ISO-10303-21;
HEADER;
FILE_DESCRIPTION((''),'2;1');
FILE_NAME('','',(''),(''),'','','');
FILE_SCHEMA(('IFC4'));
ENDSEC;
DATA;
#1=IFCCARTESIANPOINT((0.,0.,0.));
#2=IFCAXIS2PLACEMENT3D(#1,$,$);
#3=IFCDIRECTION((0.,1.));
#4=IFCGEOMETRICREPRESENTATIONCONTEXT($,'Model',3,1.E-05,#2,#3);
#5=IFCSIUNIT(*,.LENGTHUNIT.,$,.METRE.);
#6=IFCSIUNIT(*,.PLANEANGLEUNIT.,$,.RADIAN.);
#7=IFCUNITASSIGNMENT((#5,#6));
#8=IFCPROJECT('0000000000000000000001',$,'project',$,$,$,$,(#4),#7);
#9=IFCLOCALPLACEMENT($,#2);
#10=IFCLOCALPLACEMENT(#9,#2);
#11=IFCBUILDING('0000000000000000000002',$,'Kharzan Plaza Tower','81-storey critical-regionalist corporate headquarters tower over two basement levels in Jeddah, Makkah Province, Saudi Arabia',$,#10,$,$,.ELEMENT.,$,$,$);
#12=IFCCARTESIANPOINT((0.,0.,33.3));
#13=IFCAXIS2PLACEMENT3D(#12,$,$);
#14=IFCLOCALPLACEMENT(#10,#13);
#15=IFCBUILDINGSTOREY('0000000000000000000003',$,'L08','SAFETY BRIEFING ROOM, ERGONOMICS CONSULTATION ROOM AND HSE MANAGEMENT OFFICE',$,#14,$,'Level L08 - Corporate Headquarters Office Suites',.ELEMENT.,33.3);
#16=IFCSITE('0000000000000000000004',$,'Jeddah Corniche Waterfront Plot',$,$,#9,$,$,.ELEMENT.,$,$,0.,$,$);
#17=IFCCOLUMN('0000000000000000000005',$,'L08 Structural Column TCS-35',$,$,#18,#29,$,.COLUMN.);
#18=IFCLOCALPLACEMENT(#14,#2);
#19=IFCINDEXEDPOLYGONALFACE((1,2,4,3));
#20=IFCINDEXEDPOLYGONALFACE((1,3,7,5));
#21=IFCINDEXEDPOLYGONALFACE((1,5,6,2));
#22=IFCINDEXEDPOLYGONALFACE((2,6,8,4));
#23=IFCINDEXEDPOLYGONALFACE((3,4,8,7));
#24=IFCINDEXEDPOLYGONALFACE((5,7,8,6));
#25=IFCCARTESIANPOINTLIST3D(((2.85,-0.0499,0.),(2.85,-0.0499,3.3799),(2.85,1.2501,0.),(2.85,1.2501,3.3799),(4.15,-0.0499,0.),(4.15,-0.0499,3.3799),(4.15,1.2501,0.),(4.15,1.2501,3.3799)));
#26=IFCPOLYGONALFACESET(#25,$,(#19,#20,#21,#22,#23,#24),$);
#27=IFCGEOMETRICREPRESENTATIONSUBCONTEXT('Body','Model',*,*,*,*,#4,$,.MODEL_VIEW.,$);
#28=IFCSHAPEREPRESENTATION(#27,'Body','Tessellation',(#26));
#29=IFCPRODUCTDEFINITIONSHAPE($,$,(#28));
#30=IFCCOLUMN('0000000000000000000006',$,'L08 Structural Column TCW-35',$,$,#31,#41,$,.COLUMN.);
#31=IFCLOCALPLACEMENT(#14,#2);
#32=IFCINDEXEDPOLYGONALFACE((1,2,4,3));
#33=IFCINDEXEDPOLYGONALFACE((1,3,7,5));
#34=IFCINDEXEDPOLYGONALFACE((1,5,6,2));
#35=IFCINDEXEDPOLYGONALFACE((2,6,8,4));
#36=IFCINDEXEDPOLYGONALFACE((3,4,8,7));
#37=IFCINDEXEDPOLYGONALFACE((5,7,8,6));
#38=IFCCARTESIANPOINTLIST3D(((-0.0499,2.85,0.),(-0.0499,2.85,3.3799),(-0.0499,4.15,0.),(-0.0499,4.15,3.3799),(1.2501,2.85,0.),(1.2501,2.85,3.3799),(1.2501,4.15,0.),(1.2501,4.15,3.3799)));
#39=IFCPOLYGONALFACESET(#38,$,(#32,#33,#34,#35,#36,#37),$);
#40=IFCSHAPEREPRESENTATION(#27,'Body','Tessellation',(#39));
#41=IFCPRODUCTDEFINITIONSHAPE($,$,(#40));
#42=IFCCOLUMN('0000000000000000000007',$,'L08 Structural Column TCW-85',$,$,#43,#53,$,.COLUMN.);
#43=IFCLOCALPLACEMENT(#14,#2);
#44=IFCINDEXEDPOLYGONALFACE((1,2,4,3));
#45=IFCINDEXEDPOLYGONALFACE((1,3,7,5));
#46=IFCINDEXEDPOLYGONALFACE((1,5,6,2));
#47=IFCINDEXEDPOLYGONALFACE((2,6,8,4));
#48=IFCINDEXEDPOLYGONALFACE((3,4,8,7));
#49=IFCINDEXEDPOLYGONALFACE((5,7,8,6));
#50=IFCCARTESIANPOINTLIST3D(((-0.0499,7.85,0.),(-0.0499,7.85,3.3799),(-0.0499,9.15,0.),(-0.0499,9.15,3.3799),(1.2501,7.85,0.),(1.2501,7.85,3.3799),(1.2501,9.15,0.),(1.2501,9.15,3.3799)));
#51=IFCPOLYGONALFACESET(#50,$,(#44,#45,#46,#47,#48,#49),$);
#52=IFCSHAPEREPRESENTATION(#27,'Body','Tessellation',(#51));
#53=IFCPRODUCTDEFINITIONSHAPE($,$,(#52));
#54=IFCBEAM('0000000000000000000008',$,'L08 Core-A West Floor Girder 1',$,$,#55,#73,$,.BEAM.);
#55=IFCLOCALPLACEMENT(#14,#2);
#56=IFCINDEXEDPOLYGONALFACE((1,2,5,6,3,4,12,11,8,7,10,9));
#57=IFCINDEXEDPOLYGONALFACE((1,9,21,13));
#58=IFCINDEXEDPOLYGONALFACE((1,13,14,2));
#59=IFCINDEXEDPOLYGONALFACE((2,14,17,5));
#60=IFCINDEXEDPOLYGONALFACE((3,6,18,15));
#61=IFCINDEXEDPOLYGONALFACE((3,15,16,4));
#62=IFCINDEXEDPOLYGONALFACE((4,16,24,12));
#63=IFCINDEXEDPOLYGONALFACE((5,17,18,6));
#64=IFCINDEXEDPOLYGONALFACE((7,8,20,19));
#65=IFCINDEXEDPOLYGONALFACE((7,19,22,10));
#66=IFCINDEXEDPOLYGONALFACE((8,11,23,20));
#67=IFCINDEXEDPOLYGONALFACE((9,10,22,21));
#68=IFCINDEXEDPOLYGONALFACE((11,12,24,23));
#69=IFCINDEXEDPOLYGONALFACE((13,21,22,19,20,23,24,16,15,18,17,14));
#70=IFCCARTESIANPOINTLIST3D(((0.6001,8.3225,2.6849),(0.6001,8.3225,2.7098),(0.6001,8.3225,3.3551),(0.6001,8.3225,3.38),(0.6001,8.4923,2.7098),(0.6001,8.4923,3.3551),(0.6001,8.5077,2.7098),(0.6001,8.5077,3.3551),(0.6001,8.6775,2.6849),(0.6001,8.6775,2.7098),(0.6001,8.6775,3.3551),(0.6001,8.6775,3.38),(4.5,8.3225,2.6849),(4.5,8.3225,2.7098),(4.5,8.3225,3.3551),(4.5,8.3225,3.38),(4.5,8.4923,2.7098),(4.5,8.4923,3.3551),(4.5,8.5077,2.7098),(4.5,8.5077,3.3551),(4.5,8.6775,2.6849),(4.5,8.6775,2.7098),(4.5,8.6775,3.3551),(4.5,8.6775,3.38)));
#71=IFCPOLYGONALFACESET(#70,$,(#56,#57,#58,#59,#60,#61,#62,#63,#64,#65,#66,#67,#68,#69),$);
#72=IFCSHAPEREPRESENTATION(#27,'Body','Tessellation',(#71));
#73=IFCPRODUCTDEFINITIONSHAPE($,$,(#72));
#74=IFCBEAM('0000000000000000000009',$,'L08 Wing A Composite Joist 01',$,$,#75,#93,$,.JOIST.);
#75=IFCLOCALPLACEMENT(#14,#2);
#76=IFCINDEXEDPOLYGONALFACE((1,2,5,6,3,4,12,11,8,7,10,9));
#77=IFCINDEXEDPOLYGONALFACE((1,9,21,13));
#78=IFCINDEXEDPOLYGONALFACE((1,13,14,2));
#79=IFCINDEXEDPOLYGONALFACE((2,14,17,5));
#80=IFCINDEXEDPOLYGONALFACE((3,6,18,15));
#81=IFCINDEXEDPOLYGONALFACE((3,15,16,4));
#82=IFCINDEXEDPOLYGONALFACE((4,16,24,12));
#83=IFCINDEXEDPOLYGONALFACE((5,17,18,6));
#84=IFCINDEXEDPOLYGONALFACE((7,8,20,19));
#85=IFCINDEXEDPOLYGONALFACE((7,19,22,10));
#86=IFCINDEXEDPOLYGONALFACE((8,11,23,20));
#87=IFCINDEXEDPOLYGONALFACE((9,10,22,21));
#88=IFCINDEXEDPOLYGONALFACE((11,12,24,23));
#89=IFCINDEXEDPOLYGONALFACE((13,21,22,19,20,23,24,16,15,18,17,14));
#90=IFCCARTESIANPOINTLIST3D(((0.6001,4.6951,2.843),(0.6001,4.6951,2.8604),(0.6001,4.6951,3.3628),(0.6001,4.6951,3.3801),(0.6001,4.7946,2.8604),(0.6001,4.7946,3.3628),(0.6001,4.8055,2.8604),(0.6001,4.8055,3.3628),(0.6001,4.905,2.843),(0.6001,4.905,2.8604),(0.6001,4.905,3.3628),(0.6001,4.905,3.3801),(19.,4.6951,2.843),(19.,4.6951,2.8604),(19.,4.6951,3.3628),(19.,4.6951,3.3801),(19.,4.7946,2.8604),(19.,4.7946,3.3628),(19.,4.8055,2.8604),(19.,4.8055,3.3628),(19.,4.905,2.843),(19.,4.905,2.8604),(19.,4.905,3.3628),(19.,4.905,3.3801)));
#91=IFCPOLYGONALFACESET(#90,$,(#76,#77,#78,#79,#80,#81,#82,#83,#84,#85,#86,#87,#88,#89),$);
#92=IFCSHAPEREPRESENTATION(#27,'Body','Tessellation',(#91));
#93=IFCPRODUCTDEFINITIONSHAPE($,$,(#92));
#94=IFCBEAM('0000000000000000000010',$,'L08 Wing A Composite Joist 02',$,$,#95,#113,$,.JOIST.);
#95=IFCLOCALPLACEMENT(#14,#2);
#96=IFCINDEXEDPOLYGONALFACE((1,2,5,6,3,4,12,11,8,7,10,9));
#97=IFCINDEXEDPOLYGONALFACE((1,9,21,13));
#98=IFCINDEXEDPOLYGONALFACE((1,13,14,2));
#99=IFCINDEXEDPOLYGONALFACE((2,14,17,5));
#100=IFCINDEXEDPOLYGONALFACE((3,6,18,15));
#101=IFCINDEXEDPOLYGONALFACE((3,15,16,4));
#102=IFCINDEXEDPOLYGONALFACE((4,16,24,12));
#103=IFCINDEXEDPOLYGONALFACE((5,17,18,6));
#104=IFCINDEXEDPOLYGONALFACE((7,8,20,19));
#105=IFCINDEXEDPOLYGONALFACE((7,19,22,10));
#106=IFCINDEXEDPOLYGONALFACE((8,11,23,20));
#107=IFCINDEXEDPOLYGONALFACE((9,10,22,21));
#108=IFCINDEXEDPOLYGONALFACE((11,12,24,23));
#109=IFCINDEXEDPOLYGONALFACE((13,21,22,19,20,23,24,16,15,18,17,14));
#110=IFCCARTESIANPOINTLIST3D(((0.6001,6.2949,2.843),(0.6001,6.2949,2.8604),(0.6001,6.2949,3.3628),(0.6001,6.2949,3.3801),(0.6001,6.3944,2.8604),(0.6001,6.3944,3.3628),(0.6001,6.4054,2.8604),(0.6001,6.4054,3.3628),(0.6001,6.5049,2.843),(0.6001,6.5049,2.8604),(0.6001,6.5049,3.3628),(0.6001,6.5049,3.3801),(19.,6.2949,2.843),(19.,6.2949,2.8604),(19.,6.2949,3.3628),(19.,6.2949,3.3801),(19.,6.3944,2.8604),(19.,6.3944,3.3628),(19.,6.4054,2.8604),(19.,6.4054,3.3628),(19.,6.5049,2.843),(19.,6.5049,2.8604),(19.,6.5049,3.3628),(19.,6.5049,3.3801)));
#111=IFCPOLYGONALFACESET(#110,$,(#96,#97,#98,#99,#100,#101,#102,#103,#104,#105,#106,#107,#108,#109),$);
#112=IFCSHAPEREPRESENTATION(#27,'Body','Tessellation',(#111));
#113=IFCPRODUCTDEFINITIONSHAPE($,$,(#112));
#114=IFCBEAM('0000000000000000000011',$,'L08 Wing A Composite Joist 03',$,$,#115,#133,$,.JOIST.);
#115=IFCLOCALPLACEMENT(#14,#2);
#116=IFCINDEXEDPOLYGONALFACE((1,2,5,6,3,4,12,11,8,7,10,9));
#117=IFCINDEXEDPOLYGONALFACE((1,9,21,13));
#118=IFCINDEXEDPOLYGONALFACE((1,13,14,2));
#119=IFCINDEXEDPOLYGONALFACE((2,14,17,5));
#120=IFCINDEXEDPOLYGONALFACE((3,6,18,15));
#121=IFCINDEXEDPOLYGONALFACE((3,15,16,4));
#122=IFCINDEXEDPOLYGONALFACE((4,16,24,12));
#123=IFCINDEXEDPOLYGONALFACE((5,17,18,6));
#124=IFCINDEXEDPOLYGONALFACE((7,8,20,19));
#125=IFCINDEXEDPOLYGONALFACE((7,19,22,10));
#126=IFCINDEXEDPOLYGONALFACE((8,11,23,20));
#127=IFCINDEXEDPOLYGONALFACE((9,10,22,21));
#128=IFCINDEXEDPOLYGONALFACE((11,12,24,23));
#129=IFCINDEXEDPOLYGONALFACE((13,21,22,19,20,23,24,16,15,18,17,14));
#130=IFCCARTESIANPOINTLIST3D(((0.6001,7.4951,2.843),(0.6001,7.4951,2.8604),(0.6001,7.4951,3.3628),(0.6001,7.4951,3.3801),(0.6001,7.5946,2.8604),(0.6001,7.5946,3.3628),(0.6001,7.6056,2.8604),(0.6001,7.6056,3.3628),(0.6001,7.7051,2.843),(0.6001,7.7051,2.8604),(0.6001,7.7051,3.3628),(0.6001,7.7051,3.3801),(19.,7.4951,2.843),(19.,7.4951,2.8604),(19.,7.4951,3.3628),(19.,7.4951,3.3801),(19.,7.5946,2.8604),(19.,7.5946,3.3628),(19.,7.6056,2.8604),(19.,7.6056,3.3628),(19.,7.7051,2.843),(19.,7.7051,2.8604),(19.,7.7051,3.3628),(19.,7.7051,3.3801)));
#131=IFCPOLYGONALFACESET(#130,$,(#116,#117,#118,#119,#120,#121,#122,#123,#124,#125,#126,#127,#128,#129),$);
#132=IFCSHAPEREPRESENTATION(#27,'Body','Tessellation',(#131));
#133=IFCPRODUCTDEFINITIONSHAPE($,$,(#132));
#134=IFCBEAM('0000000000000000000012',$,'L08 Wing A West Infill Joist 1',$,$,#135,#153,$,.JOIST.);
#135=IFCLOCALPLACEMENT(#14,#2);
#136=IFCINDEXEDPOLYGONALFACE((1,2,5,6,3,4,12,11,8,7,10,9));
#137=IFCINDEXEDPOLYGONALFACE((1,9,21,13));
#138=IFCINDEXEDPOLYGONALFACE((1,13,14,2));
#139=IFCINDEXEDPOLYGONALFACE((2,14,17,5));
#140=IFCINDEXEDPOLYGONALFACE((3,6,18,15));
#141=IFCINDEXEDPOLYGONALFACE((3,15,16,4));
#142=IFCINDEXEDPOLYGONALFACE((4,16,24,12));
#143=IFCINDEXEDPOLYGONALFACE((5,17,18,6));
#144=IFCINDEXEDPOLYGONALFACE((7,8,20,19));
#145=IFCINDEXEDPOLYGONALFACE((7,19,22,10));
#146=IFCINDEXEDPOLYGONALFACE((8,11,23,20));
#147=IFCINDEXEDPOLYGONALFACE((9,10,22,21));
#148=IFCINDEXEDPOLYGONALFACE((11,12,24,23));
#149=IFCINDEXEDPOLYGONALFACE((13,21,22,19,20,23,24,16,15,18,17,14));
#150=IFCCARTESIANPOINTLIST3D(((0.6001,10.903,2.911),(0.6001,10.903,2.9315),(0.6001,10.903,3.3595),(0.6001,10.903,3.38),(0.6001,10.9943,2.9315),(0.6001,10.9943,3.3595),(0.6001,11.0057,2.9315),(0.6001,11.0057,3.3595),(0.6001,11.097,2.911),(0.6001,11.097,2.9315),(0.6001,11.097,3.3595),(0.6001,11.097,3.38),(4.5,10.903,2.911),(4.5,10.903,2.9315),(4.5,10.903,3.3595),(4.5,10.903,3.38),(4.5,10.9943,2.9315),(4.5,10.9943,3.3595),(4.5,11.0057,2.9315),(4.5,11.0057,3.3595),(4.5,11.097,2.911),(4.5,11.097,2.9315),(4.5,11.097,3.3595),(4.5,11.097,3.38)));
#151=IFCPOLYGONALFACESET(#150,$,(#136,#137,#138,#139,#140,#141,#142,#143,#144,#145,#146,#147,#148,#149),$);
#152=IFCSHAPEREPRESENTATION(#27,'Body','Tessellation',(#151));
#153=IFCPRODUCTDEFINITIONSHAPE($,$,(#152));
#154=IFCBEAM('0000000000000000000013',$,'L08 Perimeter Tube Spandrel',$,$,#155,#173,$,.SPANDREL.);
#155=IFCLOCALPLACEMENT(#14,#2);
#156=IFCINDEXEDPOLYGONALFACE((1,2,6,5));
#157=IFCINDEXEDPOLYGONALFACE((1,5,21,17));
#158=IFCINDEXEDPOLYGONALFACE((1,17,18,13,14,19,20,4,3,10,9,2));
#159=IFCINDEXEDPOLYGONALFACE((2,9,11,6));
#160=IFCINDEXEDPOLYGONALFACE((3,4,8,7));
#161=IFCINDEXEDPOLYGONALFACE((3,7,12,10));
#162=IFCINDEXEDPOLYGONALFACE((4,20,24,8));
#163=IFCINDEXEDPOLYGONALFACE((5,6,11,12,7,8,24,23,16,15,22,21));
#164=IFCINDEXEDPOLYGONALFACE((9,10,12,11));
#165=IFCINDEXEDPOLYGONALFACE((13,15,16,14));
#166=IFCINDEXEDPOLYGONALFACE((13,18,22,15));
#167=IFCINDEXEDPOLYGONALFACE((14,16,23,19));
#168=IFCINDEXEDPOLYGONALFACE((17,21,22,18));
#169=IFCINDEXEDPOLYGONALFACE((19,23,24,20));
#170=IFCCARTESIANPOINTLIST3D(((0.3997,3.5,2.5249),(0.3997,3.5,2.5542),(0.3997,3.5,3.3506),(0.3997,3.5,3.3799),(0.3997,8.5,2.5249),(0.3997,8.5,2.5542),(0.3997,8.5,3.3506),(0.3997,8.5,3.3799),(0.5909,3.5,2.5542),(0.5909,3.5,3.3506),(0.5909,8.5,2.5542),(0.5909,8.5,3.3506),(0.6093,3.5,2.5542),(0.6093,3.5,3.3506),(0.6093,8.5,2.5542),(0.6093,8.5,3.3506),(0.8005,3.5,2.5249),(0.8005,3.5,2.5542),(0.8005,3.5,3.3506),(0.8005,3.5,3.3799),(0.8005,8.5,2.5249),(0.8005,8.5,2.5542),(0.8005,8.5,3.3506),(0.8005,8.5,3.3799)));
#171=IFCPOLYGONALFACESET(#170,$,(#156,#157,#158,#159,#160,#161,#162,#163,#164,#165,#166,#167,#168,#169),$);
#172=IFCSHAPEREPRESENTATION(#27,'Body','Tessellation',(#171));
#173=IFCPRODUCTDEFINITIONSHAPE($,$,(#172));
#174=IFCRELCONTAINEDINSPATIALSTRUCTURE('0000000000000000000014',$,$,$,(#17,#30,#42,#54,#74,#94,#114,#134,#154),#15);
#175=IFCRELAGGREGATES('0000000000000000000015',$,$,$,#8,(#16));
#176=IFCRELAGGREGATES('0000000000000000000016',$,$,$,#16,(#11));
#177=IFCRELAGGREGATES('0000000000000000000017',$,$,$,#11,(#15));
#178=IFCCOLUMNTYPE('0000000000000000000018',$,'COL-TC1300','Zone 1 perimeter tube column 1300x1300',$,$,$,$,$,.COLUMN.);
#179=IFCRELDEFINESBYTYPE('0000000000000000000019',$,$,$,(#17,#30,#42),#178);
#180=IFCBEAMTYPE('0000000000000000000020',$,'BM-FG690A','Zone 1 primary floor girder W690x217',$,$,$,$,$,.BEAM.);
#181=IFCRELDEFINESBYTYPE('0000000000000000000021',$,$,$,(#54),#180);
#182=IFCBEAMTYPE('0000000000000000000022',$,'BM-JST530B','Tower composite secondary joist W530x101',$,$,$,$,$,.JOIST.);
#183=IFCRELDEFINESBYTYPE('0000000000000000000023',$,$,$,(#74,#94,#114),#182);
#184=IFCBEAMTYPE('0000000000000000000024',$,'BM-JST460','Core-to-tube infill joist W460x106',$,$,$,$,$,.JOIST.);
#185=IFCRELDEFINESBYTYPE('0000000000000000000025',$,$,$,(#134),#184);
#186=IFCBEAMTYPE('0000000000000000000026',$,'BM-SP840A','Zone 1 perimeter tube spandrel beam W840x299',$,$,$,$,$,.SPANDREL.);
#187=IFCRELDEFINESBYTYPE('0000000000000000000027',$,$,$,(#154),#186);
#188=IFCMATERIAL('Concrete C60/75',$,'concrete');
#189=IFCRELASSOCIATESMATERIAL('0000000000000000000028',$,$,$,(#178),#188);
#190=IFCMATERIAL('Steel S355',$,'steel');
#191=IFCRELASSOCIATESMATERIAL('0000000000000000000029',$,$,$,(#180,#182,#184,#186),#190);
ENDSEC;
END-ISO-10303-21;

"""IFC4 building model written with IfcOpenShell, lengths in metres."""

from ifc_helpers import new_model, si_unit, direction, frame, origin, origin_2d, place, context, subcontext, project, spatial, rectangle, i_section, extrude, source, transform, mapped, material, material_profile, profile_set, type_object, element, save


model = new_model("IFC4")

# Units and contexts
model_context = context("Model", 3, precision=1e-05, world=origin(), true_north=direction((0.0, 1.0)))
body_context = subcontext(model_context, "Body", "Model", "MODEL_VIEW")
ifc_project = project(units=[si_unit("LENGTHUNIT", "METRE"), si_unit("PLANEANGLEUNIT", "RADIAN")], contexts=[model_context])

# Site, building, storey
site_placement = place(None, origin())
site = spatial("IfcSite", under=ifc_project, at=site_placement, Name="Jeddah Corniche Waterfront Plot", CompositionType="ELEMENT", RefElevation=0.0)
building_placement = place(site_placement, origin())
building = spatial("IfcBuilding", under=site, at=building_placement, Name="Kharzan Plaza Tower", Description="81-storey critical-regionalist corporate headquarters tower over two basement levels in Jeddah, Makkah Province, Saudi Arabia", CompositionType="ELEMENT")
storey_placement = place(building_placement, frame((0.0, 0.0, 33.3)))
storey = spatial("IfcBuildingStorey", under=building, at=storey_placement, Name="L08", Description="SAFETY BRIEFING ROOM, ERGONOMICS CONSULTATION ROOM AND HSE MANAGEMENT OFFICE", LongName="Level L08 - Corporate Headquarters Office Suites", CompositionType="ELEMENT", Elevation=33.3)

# Columns
ifc_material_1 = material(Name="Concrete C60/75", Category="concrete")
ifc_material_profile_1 = material_profile(ifc_material_1, rectangle(XDim=1.3, YDim=1.3, at=origin_2d()), Name="RC-TC1300x1300")
ifc_profile_set_1 = profile_set([ifc_material_profile_1], Name="Concrete C60/75")
column_type = type_object("IfcColumnType", Name="COL-TC1300", Description="Zone 1 perimeter tube column 1300x1300", PredefinedType="COLUMN", material=ifc_profile_set_1)
shared_shape_1 = source(origin(), body_context, "Body", "SweptSolid", [
    extrude(rectangle(XDim=1.3, YDim=1.3, at=origin_2d()), origin(), (0.0, 0.0, 1.0), 3.3799),
])
for number, where, z_axis, x_axis, name in (
    (1, (3.5, 0.6001, 0.0), (0.0, 0.0, 1.0), (1.0, 0.0, 0.0), "L08 Structural Column TCS-35"),
    (2, (0.6001, 3.5, 0.0), (0.0, 0.0, 1.0), (1.0, 0.0, 0.0), "L08 Structural Column TCW-35"),
    (3, (0.6001, 8.5, 0.0), (0.0, 0.0, 1.0), (1.0, 0.0, 0.0), "L08 Structural Column TCW-85"),
):
    element("IfcColumn", number, at=place(storey_placement, frame(where, z_axis=z_axis, x_axis=x_axis)), inside=storey, type_object=column_type, Name=name, PredefinedType="COLUMN", context=body_context, shape_type="MappedRepresentation", body=[
        mapped(shared_shape_1, transform((0.0, 0.0, 0.0), x_axis=(1.0, 0.0, 0.0), y_axis=(0.0, 1.0, 0.0), z_axis=(0.0, 0.0, 1.0))),
    ])

# Beams
ifc_material_2 = material(Name="Steel S355", Category="steel")
ifc_material_profile_2 = material_profile(ifc_material_2, i_section(OverallWidth=0.355, OverallDepth=0.6951, WebThickness=0.0154, FlangeThickness=0.0249, at=origin_2d()), Name="W690x217")
ifc_profile_set_2 = profile_set([ifc_material_profile_2], Name="Steel S355")
beam_type_1 = type_object("IfcBeamType", Name="BM-FG690A", Description="Zone 1 primary floor girder W690x217", PredefinedType="BEAM", material=ifc_profile_set_2)
shared_shape_2 = source(origin(), body_context, "Body", "SweptSolid", [
    extrude(i_section(OverallWidth=0.355, OverallDepth=0.6951, WebThickness=0.0154, FlangeThickness=0.0249, at=origin_2d()), origin(), (0.0, 0.0, 1.0), 3.8999),
])
beam_1_placement = place(storey_placement, frame((0.6001, 8.5, 3.0325), z_axis=(1.0, 0.0, 0.0), x_axis=(0.0, 1.0, 0.0)))
element("IfcBeam", 4, at=beam_1_placement, inside=storey, type_object=beam_type_1, Name="L08 Core-A West Floor Girder 1", PredefinedType="BEAM", context=body_context, shape_type="MappedRepresentation", body=[
    mapped(shared_shape_2, transform((0.0, 0.0, 0.0), x_axis=(1.0, 0.0, 0.0), y_axis=(0.0, 1.0, 0.0), z_axis=(0.0, 0.0, 1.0))),
])
ifc_material_profile_3 = material_profile(ifc_material_2, i_section(OverallWidth=0.21, OverallDepth=0.5371, WebThickness=0.011, FlangeThickness=0.0173, at=origin_2d()), Name="W530x101")
ifc_profile_set_3 = profile_set([ifc_material_profile_3], Name="Steel S355")
beam_type_2 = type_object("IfcBeamType", Name="BM-JST530B", Description="Tower composite secondary joist W530x101", PredefinedType="JOIST", material=ifc_profile_set_3)
shared_shape_3 = source(origin(), body_context, "Body", "SweptSolid", [
    extrude(i_section(OverallWidth=0.21, OverallDepth=0.5371, WebThickness=0.011, FlangeThickness=0.0173, at=origin_2d()), origin(), (0.0, 0.0, 1.0), 18.3999),
])
for number, where, z_axis, x_axis, name in (
    (5, (0.6001, 4.8, 3.1116), (1.0, 0.0, 0.0), (0.0, 1.0, 0.0), "L08 Wing A Composite Joist 01"),
    (6, (0.6001, 6.3999, 3.1116), (1.0, 0.0, 0.0), (0.0, 1.0, 0.0), "L08 Wing A Composite Joist 02"),
    (7, (0.6001, 7.6001, 3.1116), (1.0, 0.0, 0.0), (0.0, 1.0, 0.0), "L08 Wing A Composite Joist 03"),
):
    element("IfcBeam", number, at=place(storey_placement, frame(where, z_axis=z_axis, x_axis=x_axis)), inside=storey, type_object=beam_type_2, Name=name, PredefinedType="JOIST", context=body_context, shape_type="MappedRepresentation", body=[
        mapped(shared_shape_3, transform((0.0, 0.0, 0.0), x_axis=(1.0, 0.0, 0.0), y_axis=(0.0, 1.0, 0.0), z_axis=(0.0, 0.0, 1.0))),
    ])
ifc_material_profile_4 = material_profile(ifc_material_2, i_section(OverallWidth=0.1941, OverallDepth=0.469, WebThickness=0.0115, FlangeThickness=0.0205, at=origin_2d()), Name="W460x106")
ifc_profile_set_4 = profile_set([ifc_material_profile_4], Name="Steel S355")
beam_type_3 = type_object("IfcBeamType", Name="BM-JST460", Description="Core-to-tube infill joist W460x106", PredefinedType="JOIST", material=ifc_profile_set_4)
shared_shape_4 = source(origin(), body_context, "Body", "SweptSolid", [
    extrude(i_section(OverallWidth=0.1941, OverallDepth=0.469, WebThickness=0.0115, FlangeThickness=0.0205, at=origin_2d()), origin(), (0.0, 0.0, 1.0), 3.8999),
])
beam_2_placement = place(storey_placement, frame((0.6001, 11.0, 3.1455), z_axis=(1.0, 0.0, 0.0), x_axis=(0.0, 1.0, 0.0)))
element("IfcBeam", 8, at=beam_2_placement, inside=storey, type_object=beam_type_3, Name="L08 Wing A West Infill Joist 1", PredefinedType="JOIST", context=body_context, shape_type="MappedRepresentation", body=[
    mapped(shared_shape_4, transform((0.0, 0.0, 0.0), x_axis=(1.0, 0.0, 0.0), y_axis=(0.0, 1.0, 0.0), z_axis=(0.0, 0.0, 1.0))),
])
ifc_material_profile_5 = material_profile(ifc_material_2, i_section(OverallWidth=0.4009, OverallDepth=0.855, WebThickness=0.0183, FlangeThickness=0.0293, at=origin_2d()), Name="W840x299")
ifc_profile_set_5 = profile_set([ifc_material_profile_5], Name="Steel S355")
beam_type_4 = type_object("IfcBeamType", Name="BM-SP840A", Description="Zone 1 perimeter tube spandrel beam W840x299", PredefinedType="SPANDREL", material=ifc_profile_set_5)
shared_shape_5 = source(origin(), body_context, "Body", "SweptSolid", [
    extrude(i_section(OverallWidth=0.4009, OverallDepth=0.855, WebThickness=0.0183, FlangeThickness=0.0293, at=origin_2d()), origin(), (0.0, 0.0, 1.0), 5.0),
])
for number, where, z_axis, x_axis, name in (
    (9, (0.6001, 3.5, 2.9524), (0.0, 1.0, 0.0), (-1.0, 0.0, 0.0), "L08 Perimeter Tube Spandrel"),
):
    element("IfcBeam", number, at=place(storey_placement, frame(where, z_axis=z_axis, x_axis=x_axis)), inside=storey, type_object=beam_type_4, Name=name, PredefinedType="SPANDREL", context=body_context, shape_type="MappedRepresentation", body=[
        mapped(shared_shape_5, transform((0.0, 0.0, 0.0), x_axis=(1.0, 0.0, 0.0), y_axis=(0.0, 1.0, 0.0), z_axis=(0.0, 0.0, 1.0))),
    ])

save(model, "model.ifc")
